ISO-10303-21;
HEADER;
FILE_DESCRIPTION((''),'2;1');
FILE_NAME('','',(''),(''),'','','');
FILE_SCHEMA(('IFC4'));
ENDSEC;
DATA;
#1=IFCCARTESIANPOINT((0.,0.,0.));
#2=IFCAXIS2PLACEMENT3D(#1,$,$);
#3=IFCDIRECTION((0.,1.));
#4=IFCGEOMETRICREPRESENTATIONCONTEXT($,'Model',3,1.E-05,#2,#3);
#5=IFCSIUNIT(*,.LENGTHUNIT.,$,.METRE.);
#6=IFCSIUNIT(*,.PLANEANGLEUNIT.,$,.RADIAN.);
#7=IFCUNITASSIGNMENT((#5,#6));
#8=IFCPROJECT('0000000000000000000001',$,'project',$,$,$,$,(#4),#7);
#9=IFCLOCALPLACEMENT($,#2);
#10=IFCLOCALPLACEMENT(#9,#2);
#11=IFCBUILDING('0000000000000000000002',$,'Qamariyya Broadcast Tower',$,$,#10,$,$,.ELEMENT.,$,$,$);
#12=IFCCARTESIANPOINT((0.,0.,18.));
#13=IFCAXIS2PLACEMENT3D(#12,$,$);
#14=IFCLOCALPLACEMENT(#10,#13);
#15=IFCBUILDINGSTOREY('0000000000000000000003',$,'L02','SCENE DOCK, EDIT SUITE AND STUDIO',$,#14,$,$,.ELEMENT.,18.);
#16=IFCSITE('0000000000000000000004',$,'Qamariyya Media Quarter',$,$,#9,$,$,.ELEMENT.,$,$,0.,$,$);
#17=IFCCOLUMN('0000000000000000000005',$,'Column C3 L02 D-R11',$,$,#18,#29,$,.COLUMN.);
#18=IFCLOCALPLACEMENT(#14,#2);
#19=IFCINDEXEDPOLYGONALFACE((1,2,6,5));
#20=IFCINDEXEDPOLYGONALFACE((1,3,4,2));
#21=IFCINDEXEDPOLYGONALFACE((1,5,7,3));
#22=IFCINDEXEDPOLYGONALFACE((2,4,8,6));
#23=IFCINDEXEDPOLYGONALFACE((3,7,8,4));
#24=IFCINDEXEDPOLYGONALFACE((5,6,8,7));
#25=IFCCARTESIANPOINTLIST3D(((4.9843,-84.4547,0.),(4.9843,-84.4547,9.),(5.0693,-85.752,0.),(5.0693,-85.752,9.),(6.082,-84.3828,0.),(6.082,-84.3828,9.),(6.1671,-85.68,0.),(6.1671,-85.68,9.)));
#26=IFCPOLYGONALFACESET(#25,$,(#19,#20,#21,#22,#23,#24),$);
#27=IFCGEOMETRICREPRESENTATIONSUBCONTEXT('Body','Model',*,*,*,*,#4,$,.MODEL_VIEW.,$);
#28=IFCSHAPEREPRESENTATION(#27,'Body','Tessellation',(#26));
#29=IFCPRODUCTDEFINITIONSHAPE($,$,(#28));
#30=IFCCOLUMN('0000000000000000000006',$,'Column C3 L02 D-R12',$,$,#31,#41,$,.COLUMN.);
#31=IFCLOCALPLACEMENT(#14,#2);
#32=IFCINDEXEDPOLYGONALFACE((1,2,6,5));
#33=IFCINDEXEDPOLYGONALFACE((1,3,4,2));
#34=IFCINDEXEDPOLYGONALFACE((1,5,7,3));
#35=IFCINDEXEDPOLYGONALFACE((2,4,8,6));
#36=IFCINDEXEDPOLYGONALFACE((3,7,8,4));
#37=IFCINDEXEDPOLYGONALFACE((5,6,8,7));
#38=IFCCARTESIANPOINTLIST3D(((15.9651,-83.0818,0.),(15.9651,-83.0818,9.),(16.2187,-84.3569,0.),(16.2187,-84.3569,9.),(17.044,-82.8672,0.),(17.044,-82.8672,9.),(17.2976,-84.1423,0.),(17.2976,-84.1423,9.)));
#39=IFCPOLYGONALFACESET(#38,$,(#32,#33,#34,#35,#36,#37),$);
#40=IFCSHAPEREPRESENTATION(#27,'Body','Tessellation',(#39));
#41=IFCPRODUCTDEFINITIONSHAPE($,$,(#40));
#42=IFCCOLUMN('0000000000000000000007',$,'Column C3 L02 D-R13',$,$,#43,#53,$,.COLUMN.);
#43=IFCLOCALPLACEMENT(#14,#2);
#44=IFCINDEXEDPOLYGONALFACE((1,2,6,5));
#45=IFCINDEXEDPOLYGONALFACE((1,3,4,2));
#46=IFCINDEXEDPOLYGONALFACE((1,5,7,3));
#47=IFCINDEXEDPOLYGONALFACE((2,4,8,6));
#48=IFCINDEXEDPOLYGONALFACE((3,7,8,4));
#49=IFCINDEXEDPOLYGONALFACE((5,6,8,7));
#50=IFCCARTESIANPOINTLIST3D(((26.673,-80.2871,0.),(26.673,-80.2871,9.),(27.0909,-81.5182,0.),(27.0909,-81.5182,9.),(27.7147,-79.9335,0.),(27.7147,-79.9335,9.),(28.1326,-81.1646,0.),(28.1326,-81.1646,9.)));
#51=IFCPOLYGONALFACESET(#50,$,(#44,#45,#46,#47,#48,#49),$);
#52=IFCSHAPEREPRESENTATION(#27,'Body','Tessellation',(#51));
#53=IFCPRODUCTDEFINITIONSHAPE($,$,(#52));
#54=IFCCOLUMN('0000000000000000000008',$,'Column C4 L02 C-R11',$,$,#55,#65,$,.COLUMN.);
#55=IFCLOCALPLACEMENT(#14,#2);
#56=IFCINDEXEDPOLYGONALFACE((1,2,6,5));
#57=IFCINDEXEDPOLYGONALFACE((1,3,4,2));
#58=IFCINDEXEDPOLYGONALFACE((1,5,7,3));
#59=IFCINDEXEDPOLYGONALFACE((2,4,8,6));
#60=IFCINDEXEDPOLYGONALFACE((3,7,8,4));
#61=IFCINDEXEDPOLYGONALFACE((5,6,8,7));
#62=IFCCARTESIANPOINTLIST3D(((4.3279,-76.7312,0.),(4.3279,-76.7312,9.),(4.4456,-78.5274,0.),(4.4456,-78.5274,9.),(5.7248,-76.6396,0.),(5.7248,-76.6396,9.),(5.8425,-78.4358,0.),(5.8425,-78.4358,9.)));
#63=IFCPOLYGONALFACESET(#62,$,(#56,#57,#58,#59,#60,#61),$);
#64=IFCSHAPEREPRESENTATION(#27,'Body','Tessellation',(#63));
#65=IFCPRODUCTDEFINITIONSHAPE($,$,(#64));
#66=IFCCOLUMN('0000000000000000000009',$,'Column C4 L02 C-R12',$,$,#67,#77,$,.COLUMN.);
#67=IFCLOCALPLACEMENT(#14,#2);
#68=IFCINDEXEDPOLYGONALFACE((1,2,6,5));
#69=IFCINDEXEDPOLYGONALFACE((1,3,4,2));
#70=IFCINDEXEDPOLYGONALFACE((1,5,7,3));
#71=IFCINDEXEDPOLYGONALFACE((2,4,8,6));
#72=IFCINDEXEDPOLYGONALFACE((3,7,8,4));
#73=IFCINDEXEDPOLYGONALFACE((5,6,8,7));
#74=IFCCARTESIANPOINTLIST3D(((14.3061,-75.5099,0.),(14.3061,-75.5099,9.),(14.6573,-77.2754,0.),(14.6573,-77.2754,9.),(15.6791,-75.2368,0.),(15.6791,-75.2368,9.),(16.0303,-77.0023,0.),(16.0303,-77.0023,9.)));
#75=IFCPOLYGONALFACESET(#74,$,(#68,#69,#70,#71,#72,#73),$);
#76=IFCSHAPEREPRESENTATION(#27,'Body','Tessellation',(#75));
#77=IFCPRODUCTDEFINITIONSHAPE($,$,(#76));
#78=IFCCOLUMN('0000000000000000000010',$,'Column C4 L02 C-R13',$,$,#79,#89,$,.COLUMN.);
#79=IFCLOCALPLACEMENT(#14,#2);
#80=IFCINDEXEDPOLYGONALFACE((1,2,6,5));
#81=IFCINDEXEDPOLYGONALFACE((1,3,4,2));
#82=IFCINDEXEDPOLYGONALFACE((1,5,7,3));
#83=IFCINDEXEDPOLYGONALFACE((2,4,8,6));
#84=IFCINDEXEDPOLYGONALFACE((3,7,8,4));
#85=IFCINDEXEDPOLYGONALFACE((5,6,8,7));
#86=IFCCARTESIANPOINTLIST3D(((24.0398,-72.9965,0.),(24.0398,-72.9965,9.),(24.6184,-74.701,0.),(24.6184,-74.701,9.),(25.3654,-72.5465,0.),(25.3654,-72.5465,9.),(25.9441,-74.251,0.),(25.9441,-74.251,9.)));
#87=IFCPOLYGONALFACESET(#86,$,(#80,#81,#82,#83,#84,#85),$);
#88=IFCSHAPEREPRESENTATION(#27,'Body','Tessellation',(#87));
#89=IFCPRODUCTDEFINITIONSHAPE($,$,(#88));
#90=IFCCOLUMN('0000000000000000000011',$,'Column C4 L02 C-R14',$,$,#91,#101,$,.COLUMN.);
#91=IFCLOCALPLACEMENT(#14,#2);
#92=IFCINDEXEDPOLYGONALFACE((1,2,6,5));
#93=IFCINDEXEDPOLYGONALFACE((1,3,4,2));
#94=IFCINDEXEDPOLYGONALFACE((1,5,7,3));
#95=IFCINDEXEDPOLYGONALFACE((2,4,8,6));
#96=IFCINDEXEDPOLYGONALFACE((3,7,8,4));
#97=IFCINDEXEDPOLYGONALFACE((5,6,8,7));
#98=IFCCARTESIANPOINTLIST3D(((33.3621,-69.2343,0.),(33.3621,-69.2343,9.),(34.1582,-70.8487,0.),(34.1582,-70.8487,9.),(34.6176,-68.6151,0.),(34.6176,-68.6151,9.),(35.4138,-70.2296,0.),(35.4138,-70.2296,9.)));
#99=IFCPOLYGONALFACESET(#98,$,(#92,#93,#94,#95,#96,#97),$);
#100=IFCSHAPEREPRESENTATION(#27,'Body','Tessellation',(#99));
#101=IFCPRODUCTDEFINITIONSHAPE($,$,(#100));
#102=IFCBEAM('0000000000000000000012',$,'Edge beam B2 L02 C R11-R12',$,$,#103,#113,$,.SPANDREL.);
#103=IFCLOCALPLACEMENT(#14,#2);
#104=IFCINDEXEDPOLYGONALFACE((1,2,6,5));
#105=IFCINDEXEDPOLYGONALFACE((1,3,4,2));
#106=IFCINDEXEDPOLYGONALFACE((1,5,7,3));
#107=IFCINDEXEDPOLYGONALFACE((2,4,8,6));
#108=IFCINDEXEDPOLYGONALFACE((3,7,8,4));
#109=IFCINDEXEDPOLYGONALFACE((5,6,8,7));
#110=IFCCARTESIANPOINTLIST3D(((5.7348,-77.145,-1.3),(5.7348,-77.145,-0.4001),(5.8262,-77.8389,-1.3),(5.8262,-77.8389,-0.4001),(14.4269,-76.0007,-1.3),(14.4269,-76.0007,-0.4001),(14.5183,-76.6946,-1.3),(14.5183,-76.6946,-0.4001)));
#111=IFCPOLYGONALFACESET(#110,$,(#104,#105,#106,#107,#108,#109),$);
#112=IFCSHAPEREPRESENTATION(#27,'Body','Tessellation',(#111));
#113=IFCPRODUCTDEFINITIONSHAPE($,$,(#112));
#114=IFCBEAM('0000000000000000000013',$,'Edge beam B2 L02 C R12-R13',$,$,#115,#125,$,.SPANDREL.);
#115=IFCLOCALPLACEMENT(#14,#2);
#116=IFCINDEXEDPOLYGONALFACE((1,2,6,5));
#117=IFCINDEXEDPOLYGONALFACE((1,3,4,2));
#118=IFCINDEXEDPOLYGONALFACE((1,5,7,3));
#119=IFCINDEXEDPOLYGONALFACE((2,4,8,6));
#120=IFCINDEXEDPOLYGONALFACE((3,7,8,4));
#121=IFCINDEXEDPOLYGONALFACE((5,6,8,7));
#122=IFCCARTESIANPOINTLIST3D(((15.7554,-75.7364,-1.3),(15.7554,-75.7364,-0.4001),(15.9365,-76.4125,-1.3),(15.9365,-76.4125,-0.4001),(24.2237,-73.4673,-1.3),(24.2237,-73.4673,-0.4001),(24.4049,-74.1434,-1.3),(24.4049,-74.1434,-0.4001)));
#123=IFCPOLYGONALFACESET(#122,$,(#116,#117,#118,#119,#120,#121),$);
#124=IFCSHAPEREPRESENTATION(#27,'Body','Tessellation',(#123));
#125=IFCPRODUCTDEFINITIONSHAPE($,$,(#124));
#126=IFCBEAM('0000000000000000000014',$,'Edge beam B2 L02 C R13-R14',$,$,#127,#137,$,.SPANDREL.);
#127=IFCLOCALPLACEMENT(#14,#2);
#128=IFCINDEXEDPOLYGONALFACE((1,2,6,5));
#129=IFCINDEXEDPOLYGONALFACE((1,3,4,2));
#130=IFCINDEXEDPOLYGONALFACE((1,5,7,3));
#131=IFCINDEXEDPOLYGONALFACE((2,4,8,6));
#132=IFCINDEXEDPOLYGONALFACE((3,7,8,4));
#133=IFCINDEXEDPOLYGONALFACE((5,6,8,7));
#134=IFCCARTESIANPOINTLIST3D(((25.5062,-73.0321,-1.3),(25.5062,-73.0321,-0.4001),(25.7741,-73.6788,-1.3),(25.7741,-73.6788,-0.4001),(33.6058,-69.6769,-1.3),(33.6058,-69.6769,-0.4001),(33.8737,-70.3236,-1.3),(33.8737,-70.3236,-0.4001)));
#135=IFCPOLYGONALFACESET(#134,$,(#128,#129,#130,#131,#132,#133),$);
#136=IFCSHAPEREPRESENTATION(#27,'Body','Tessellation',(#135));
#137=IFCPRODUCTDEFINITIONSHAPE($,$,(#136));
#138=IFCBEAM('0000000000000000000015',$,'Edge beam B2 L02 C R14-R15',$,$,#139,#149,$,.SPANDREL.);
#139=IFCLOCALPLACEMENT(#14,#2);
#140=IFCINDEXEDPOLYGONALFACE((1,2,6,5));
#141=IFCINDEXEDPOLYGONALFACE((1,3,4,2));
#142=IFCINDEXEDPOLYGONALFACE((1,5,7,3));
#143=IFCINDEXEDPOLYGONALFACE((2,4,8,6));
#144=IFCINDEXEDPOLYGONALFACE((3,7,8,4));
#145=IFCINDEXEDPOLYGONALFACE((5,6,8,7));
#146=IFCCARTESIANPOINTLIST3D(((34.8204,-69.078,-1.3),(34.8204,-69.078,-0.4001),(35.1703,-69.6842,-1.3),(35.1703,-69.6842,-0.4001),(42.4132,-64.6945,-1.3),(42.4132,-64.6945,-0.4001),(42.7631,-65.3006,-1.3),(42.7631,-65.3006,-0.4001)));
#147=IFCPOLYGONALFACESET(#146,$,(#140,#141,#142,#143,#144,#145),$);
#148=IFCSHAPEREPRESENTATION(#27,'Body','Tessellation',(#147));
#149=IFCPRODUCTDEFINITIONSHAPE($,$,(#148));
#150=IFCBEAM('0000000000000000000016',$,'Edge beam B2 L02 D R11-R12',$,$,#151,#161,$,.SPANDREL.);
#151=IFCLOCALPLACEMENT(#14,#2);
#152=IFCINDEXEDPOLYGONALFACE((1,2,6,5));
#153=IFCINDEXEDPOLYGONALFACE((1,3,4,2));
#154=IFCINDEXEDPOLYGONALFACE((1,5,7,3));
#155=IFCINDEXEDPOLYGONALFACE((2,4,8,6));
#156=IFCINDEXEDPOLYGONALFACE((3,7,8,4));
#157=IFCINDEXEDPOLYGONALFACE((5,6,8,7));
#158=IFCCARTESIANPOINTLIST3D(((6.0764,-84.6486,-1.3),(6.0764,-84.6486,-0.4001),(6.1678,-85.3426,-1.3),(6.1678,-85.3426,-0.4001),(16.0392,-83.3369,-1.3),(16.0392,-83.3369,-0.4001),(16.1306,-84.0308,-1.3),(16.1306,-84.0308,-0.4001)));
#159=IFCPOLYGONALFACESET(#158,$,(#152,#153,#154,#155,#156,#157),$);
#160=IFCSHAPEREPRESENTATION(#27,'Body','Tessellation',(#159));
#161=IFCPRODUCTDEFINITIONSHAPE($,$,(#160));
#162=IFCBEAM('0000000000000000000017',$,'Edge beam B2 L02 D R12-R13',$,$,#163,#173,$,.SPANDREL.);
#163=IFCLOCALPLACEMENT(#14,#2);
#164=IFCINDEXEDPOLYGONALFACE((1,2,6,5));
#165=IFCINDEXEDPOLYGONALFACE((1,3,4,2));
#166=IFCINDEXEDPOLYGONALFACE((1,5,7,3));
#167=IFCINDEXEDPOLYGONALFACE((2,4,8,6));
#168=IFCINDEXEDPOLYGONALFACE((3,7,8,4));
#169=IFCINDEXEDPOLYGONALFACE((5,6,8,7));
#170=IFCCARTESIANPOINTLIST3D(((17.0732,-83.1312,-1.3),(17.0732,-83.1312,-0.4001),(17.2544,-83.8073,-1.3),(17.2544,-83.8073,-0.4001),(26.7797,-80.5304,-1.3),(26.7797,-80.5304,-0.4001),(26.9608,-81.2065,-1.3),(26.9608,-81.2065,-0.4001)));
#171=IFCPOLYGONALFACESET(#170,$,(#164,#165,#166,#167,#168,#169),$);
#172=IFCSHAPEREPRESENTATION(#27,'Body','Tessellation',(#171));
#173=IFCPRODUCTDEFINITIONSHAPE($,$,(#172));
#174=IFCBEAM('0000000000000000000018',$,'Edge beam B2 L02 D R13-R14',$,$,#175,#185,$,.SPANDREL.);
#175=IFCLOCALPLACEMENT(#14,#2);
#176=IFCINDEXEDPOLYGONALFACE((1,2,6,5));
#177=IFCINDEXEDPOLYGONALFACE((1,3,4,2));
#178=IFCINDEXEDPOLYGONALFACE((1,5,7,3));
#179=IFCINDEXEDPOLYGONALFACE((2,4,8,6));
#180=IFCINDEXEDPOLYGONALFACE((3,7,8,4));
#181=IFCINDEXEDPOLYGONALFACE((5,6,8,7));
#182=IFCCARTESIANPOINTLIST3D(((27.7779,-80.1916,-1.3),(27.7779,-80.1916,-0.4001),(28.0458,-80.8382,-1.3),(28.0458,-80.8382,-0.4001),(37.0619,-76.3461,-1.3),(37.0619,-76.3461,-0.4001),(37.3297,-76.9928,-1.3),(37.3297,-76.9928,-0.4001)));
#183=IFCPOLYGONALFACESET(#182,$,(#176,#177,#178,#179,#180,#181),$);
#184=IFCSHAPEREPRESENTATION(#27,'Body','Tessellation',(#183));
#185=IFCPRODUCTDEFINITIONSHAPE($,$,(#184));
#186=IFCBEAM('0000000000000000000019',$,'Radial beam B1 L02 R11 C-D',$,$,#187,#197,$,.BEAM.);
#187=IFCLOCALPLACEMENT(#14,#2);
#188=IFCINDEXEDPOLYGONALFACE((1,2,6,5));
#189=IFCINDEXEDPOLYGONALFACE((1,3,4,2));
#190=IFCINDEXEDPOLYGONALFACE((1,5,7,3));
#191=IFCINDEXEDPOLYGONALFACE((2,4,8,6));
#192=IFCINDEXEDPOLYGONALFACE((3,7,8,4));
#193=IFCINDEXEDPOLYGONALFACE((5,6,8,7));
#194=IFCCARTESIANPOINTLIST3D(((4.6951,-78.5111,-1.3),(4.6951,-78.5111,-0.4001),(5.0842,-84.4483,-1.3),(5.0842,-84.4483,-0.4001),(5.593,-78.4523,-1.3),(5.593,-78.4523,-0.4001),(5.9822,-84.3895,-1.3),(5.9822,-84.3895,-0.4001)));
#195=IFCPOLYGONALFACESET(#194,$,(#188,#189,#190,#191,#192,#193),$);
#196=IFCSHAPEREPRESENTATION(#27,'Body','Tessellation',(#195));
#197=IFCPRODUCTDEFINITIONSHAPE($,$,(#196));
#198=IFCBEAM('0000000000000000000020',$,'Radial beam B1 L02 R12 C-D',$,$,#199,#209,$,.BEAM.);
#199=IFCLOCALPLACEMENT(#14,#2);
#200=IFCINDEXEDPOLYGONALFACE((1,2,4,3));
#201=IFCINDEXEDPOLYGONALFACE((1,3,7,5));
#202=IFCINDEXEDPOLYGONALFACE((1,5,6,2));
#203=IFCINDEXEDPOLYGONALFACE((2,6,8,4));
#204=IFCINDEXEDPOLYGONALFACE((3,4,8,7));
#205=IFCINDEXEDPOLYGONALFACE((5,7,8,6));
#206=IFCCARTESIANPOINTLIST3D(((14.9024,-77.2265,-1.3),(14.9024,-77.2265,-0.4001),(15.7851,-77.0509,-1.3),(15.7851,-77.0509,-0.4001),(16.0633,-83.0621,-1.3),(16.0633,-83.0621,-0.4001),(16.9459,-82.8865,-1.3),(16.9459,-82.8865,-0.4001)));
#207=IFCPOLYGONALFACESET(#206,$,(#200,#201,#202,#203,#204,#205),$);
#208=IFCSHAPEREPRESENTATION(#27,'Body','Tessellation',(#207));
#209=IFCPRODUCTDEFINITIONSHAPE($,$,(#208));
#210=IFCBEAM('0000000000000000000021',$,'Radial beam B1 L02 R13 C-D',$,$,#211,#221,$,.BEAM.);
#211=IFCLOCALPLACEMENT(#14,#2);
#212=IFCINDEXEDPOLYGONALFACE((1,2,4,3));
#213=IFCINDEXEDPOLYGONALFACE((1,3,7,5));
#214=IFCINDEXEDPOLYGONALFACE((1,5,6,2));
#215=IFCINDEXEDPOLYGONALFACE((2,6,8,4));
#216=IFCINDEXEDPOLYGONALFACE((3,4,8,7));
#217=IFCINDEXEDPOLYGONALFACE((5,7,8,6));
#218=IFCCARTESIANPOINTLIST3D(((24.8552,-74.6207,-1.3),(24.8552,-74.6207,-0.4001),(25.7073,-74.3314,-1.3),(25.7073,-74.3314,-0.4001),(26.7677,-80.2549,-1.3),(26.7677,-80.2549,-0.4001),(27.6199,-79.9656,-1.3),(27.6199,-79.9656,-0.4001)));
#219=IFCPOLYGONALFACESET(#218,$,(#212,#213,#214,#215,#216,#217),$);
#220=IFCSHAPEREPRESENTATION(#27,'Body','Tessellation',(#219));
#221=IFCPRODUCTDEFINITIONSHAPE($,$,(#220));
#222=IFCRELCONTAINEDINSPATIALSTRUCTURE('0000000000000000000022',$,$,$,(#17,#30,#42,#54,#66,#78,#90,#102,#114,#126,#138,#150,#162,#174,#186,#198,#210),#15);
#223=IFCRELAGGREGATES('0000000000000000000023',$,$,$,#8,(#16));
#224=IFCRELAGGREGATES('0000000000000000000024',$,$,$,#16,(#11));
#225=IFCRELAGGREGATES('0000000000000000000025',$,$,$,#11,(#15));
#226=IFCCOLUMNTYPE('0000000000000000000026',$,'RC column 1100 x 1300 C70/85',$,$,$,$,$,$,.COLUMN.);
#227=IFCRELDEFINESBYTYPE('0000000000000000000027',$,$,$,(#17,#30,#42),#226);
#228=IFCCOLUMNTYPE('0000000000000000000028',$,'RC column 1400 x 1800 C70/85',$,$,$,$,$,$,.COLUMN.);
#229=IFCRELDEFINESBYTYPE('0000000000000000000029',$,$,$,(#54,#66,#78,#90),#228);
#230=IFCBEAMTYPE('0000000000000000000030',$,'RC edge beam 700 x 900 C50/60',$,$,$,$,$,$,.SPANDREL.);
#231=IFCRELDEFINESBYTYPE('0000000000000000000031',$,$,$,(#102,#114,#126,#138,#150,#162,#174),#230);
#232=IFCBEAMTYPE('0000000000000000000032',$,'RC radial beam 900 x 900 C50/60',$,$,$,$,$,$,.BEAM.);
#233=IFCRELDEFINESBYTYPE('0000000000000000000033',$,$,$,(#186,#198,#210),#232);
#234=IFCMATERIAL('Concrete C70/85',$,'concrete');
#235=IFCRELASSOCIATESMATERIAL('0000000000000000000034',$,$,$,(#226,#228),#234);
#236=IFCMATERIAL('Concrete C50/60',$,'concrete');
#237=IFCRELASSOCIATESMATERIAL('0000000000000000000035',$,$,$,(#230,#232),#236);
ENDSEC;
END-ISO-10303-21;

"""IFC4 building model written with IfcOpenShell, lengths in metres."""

from ifc_helpers import new_model, si_unit, direction, frame, origin, origin_2d, place, context, subcontext, project, spatial, rectangle, extrude, material, material_profile, profile_set, type_object, element, save


model = new_model("IFC4")

# Units and contexts
model_context = context("Model", 3, precision=1e-05, world=origin(), true_north=direction((0.0, 1.0)))
body_context = subcontext(model_context, "Body", "Model", "MODEL_VIEW")
ifc_project = project(units=[si_unit("LENGTHUNIT", "METRE"), si_unit("PLANEANGLEUNIT", "RADIAN")], contexts=[model_context])

# Site, building, storey
site_placement = place(None, origin())
site = spatial("IfcSite", under=ifc_project, at=site_placement, Name="Qamariyya Media Quarter", CompositionType="ELEMENT", RefElevation=0.0)
building_placement = place(site_placement, origin())
building = spatial("IfcBuilding", under=site, at=building_placement, Name="Qamariyya Broadcast Tower", CompositionType="ELEMENT")
storey_placement = place(building_placement, frame((0.0, 0.0, 18.0)))
storey = spatial("IfcBuildingStorey", under=building, at=storey_placement, Name="L02", Description="SCENE DOCK, EDIT SUITE AND STUDIO", CompositionType="ELEMENT", Elevation=18.0)

# Columns
ifc_material_1 = material(Name="Concrete C70/85", Category="concrete")
ifc_material_profile_1 = material_profile(ifc_material_1, rectangle(XDim=1.1001, YDim=1.3, at=origin_2d()))
ifc_profile_set_1 = profile_set([ifc_material_profile_1], Name="Concrete C70/85")
column_type_1 = type_object("IfcColumnType", Name="RC column 1100 x 1300 C70/85", PredefinedType="COLUMN", material=ifc_profile_set_1)
for number, where, z_axis, x_axis, name in (
    (1, (5.5757, -85.0674, 0.0), (0.0, 0.0, 1.0), (0.997859, 0.065403, 0.0), "Column C3 L02 D-R11"),
    (2, (16.6313, -83.6121, 0.0), (0.0, 0.0, 1.0), (0.980785, 0.19509, 0.0), "Column C3 L02 D-R12"),
    (3, (27.4028, -80.7258, 0.0), (0.0, 0.0, 1.0), (0.94693, 0.321439, 0.0), "Column C3 L02 D-R13"),
):
    element("IfcColumn", number, at=place(storey_placement, frame(where, z_axis=z_axis, x_axis=x_axis)), inside=storey, type_object=column_type_1, Name=name, PredefinedType="COLUMN", context=body_context, shape_type="SweptSolid", body=[
        extrude(rectangle(XDim=1.1001, YDim=1.3, at=origin_2d()), origin(), (0.0, 0.0, 1.0), 9.0),
    ])
ifc_material_profile_2 = material_profile(ifc_material_1, rectangle(XDim=1.3999, YDim=1.8, at=origin_2d()))
ifc_profile_set_2 = profile_set([ifc_material_profile_2], Name="Concrete C70/85")
column_type_2 = type_object("IfcColumnType", Name="RC column 1400 x 1800 C70/85", PredefinedType="COLUMN", material=ifc_profile_set_2)
for number, where, z_axis, x_axis, name in (
    (4, (5.0852, -77.5835, 0.0), (0.0, 0.0, 1.0), (0.997859, 0.065403, 0.0), "Column C4 L02 C-R11"),
    (5, (15.1682, -76.2561, 0.0), (0.0, 0.0, 1.0), (0.980785, 0.19509, 0.0), "Column C4 L02 C-R12"),
    (6, (24.9919, -73.6238, 0.0), (0.0, 0.0, 1.0), (0.94693, 0.321439, 0.0), "Column C4 L02 C-R13"),
    (7, (34.3879, -69.7319, 0.0), (0.0, 0.0, 1.0), (0.896873, 0.442289, 0.0), "Column C4 L02 C-R14"),
):
    element("IfcColumn", number, at=place(storey_placement, frame(where, z_axis=z_axis, x_axis=x_axis)), inside=storey, type_object=column_type_2, Name=name, PredefinedType="COLUMN", context=body_context, shape_type="SweptSolid", body=[
        extrude(rectangle(XDim=1.3999, YDim=1.8, at=origin_2d()), origin(), (0.0, 0.0, 1.0), 9.0),
    ])

# Beams
ifc_material_2 = material(Name="Concrete C50/60", Category="concrete")
ifc_material_profile_3 = material_profile(ifc_material_2, rectangle(XDim=0.7, YDim=0.8999, at=origin_2d()))
ifc_profile_set_3 = profile_set([ifc_material_profile_3], Name="Concrete C50/60")
beam_type_1 = type_object("IfcBeamType", Name="RC edge beam 700 x 900 C50/60", PredefinedType="SPANDREL", material=ifc_profile_set_3)
for number, where, z_axis, x_axis, name in (
    (8, (5.7805, -77.4919, -0.8501), (0.991446, 0.13052, 0.0), (-0.13052, 0.991446, 0.0), "Edge beam B2 L02 C R11-R12"),
    (9, (15.8459, -76.0745, -0.8501), (0.965926, 0.258817, 0.0), (-0.258817, 0.965926, 0.0), "Edge beam B2 L02 C R12-R13"),
    (10, (25.6401, -73.3555, -0.8501), (0.923869, 0.382708, 0.0), (-0.382708, 0.923869, 0.0), "Edge beam B2 L02 C R13-R14"),
):
    element("IfcBeam", number, at=place(storey_placement, frame(where, z_axis=z_axis, x_axis=x_axis)), inside=storey, type_object=beam_type_1, Name=name, PredefinedType="SPANDREL", context=body_context, shape_type="SweptSolid", body=[
        extrude(rectangle(XDim=0.7, YDim=0.8999, at=origin_2d()), origin(), (0.0, 0.0, 1.0), 8.7671),
    ])
beam_1_placement = place(storey_placement, frame((34.9954, -69.3811, -0.8501), z_axis=(0.866033, 0.499988, 0.0), x_axis=(-0.499988, 0.866033, 0.0)))
element("IfcBeam", 11, at=beam_1_placement, inside=storey, type_object=beam_type_1, Name="Edge beam B2 L02 C R14-R15", PredefinedType="SPANDREL", context=body_context, shape_type="SweptSolid", body=[
    extrude(rectangle(XDim=0.7, YDim=0.8999, at=origin_2d()), origin(), (0.0, 0.0, 1.0), 8.7673),
])
for number, where, z_axis, x_axis, name in (
    (12, (6.1221, -84.9956, -0.8501), (0.991443, 0.130539, 0.0), (-0.130539, 0.991443, 0.0), "Edge beam B2 L02 D R11-R12"),
    (13, (17.1638, -83.4692, -0.8501), (0.965927, 0.258816, 0.0), (-0.258816, 0.965927, 0.0), "Edge beam B2 L02 D R12-R13"),
    (14, (27.9119, -80.5149, -0.8501), (0.923882, 0.382677, 0.0), (-0.382677, 0.923882, 0.0), "Edge beam B2 L02 D R13-R14"),
):
    element("IfcBeam", number, at=place(storey_placement, frame(where, z_axis=z_axis, x_axis=x_axis)), inside=storey, type_object=beam_type_1, Name=name, PredefinedType="SPANDREL", context=body_context, shape_type="SweptSolid", body=[
        extrude(rectangle(XDim=0.7, YDim=0.8999, at=origin_2d()), origin(), (0.0, 0.0, 1.0), 10.0488),
    ])
ifc_material_profile_4 = material_profile(ifc_material_2, rectangle(XDim=0.8999, YDim=0.8999, at=origin_2d()))
ifc_profile_set_4 = profile_set([ifc_material_profile_4], Name="Concrete C50/60")
beam_type_2 = type_object("IfcBeamType", Name="RC radial beam 900 x 900 C50/60", PredefinedType="BEAM", material=ifc_profile_set_4)
for number, where, z_axis, x_axis, name in (
    (15, (5.144, -78.4817, -0.8501), (0.065405, -0.997859, 0.0), (0.997859, 0.065405, 0.0), "Radial beam B1 L02 R11 C-D"),
    (16, (15.3438, -77.1387, -0.8501), (0.195106, -0.980782, 0.0), (0.980782, 0.195106, 0.0), "Radial beam B1 L02 R12 C-D"),
    (17, (25.2812, -74.4761, -0.8501), (0.321442, -0.946929, 0.0), (0.946929, 0.321442, 0.0), "Radial beam B1 L02 R13 C-D"),
):
    element("IfcBeam", number, at=place(storey_placement, frame(where, z_axis=z_axis, x_axis=x_axis)), inside=storey, type_object=beam_type_2, Name=name, PredefinedType="BEAM", context=body_context, shape_type="SweptSolid", body=[
        extrude(rectangle(XDim=0.8999, YDim=0.8999, at=origin_2d()), origin(), (0.0, 0.0, 1.0), 5.95),
    ])

save(model, "model.ifc")
